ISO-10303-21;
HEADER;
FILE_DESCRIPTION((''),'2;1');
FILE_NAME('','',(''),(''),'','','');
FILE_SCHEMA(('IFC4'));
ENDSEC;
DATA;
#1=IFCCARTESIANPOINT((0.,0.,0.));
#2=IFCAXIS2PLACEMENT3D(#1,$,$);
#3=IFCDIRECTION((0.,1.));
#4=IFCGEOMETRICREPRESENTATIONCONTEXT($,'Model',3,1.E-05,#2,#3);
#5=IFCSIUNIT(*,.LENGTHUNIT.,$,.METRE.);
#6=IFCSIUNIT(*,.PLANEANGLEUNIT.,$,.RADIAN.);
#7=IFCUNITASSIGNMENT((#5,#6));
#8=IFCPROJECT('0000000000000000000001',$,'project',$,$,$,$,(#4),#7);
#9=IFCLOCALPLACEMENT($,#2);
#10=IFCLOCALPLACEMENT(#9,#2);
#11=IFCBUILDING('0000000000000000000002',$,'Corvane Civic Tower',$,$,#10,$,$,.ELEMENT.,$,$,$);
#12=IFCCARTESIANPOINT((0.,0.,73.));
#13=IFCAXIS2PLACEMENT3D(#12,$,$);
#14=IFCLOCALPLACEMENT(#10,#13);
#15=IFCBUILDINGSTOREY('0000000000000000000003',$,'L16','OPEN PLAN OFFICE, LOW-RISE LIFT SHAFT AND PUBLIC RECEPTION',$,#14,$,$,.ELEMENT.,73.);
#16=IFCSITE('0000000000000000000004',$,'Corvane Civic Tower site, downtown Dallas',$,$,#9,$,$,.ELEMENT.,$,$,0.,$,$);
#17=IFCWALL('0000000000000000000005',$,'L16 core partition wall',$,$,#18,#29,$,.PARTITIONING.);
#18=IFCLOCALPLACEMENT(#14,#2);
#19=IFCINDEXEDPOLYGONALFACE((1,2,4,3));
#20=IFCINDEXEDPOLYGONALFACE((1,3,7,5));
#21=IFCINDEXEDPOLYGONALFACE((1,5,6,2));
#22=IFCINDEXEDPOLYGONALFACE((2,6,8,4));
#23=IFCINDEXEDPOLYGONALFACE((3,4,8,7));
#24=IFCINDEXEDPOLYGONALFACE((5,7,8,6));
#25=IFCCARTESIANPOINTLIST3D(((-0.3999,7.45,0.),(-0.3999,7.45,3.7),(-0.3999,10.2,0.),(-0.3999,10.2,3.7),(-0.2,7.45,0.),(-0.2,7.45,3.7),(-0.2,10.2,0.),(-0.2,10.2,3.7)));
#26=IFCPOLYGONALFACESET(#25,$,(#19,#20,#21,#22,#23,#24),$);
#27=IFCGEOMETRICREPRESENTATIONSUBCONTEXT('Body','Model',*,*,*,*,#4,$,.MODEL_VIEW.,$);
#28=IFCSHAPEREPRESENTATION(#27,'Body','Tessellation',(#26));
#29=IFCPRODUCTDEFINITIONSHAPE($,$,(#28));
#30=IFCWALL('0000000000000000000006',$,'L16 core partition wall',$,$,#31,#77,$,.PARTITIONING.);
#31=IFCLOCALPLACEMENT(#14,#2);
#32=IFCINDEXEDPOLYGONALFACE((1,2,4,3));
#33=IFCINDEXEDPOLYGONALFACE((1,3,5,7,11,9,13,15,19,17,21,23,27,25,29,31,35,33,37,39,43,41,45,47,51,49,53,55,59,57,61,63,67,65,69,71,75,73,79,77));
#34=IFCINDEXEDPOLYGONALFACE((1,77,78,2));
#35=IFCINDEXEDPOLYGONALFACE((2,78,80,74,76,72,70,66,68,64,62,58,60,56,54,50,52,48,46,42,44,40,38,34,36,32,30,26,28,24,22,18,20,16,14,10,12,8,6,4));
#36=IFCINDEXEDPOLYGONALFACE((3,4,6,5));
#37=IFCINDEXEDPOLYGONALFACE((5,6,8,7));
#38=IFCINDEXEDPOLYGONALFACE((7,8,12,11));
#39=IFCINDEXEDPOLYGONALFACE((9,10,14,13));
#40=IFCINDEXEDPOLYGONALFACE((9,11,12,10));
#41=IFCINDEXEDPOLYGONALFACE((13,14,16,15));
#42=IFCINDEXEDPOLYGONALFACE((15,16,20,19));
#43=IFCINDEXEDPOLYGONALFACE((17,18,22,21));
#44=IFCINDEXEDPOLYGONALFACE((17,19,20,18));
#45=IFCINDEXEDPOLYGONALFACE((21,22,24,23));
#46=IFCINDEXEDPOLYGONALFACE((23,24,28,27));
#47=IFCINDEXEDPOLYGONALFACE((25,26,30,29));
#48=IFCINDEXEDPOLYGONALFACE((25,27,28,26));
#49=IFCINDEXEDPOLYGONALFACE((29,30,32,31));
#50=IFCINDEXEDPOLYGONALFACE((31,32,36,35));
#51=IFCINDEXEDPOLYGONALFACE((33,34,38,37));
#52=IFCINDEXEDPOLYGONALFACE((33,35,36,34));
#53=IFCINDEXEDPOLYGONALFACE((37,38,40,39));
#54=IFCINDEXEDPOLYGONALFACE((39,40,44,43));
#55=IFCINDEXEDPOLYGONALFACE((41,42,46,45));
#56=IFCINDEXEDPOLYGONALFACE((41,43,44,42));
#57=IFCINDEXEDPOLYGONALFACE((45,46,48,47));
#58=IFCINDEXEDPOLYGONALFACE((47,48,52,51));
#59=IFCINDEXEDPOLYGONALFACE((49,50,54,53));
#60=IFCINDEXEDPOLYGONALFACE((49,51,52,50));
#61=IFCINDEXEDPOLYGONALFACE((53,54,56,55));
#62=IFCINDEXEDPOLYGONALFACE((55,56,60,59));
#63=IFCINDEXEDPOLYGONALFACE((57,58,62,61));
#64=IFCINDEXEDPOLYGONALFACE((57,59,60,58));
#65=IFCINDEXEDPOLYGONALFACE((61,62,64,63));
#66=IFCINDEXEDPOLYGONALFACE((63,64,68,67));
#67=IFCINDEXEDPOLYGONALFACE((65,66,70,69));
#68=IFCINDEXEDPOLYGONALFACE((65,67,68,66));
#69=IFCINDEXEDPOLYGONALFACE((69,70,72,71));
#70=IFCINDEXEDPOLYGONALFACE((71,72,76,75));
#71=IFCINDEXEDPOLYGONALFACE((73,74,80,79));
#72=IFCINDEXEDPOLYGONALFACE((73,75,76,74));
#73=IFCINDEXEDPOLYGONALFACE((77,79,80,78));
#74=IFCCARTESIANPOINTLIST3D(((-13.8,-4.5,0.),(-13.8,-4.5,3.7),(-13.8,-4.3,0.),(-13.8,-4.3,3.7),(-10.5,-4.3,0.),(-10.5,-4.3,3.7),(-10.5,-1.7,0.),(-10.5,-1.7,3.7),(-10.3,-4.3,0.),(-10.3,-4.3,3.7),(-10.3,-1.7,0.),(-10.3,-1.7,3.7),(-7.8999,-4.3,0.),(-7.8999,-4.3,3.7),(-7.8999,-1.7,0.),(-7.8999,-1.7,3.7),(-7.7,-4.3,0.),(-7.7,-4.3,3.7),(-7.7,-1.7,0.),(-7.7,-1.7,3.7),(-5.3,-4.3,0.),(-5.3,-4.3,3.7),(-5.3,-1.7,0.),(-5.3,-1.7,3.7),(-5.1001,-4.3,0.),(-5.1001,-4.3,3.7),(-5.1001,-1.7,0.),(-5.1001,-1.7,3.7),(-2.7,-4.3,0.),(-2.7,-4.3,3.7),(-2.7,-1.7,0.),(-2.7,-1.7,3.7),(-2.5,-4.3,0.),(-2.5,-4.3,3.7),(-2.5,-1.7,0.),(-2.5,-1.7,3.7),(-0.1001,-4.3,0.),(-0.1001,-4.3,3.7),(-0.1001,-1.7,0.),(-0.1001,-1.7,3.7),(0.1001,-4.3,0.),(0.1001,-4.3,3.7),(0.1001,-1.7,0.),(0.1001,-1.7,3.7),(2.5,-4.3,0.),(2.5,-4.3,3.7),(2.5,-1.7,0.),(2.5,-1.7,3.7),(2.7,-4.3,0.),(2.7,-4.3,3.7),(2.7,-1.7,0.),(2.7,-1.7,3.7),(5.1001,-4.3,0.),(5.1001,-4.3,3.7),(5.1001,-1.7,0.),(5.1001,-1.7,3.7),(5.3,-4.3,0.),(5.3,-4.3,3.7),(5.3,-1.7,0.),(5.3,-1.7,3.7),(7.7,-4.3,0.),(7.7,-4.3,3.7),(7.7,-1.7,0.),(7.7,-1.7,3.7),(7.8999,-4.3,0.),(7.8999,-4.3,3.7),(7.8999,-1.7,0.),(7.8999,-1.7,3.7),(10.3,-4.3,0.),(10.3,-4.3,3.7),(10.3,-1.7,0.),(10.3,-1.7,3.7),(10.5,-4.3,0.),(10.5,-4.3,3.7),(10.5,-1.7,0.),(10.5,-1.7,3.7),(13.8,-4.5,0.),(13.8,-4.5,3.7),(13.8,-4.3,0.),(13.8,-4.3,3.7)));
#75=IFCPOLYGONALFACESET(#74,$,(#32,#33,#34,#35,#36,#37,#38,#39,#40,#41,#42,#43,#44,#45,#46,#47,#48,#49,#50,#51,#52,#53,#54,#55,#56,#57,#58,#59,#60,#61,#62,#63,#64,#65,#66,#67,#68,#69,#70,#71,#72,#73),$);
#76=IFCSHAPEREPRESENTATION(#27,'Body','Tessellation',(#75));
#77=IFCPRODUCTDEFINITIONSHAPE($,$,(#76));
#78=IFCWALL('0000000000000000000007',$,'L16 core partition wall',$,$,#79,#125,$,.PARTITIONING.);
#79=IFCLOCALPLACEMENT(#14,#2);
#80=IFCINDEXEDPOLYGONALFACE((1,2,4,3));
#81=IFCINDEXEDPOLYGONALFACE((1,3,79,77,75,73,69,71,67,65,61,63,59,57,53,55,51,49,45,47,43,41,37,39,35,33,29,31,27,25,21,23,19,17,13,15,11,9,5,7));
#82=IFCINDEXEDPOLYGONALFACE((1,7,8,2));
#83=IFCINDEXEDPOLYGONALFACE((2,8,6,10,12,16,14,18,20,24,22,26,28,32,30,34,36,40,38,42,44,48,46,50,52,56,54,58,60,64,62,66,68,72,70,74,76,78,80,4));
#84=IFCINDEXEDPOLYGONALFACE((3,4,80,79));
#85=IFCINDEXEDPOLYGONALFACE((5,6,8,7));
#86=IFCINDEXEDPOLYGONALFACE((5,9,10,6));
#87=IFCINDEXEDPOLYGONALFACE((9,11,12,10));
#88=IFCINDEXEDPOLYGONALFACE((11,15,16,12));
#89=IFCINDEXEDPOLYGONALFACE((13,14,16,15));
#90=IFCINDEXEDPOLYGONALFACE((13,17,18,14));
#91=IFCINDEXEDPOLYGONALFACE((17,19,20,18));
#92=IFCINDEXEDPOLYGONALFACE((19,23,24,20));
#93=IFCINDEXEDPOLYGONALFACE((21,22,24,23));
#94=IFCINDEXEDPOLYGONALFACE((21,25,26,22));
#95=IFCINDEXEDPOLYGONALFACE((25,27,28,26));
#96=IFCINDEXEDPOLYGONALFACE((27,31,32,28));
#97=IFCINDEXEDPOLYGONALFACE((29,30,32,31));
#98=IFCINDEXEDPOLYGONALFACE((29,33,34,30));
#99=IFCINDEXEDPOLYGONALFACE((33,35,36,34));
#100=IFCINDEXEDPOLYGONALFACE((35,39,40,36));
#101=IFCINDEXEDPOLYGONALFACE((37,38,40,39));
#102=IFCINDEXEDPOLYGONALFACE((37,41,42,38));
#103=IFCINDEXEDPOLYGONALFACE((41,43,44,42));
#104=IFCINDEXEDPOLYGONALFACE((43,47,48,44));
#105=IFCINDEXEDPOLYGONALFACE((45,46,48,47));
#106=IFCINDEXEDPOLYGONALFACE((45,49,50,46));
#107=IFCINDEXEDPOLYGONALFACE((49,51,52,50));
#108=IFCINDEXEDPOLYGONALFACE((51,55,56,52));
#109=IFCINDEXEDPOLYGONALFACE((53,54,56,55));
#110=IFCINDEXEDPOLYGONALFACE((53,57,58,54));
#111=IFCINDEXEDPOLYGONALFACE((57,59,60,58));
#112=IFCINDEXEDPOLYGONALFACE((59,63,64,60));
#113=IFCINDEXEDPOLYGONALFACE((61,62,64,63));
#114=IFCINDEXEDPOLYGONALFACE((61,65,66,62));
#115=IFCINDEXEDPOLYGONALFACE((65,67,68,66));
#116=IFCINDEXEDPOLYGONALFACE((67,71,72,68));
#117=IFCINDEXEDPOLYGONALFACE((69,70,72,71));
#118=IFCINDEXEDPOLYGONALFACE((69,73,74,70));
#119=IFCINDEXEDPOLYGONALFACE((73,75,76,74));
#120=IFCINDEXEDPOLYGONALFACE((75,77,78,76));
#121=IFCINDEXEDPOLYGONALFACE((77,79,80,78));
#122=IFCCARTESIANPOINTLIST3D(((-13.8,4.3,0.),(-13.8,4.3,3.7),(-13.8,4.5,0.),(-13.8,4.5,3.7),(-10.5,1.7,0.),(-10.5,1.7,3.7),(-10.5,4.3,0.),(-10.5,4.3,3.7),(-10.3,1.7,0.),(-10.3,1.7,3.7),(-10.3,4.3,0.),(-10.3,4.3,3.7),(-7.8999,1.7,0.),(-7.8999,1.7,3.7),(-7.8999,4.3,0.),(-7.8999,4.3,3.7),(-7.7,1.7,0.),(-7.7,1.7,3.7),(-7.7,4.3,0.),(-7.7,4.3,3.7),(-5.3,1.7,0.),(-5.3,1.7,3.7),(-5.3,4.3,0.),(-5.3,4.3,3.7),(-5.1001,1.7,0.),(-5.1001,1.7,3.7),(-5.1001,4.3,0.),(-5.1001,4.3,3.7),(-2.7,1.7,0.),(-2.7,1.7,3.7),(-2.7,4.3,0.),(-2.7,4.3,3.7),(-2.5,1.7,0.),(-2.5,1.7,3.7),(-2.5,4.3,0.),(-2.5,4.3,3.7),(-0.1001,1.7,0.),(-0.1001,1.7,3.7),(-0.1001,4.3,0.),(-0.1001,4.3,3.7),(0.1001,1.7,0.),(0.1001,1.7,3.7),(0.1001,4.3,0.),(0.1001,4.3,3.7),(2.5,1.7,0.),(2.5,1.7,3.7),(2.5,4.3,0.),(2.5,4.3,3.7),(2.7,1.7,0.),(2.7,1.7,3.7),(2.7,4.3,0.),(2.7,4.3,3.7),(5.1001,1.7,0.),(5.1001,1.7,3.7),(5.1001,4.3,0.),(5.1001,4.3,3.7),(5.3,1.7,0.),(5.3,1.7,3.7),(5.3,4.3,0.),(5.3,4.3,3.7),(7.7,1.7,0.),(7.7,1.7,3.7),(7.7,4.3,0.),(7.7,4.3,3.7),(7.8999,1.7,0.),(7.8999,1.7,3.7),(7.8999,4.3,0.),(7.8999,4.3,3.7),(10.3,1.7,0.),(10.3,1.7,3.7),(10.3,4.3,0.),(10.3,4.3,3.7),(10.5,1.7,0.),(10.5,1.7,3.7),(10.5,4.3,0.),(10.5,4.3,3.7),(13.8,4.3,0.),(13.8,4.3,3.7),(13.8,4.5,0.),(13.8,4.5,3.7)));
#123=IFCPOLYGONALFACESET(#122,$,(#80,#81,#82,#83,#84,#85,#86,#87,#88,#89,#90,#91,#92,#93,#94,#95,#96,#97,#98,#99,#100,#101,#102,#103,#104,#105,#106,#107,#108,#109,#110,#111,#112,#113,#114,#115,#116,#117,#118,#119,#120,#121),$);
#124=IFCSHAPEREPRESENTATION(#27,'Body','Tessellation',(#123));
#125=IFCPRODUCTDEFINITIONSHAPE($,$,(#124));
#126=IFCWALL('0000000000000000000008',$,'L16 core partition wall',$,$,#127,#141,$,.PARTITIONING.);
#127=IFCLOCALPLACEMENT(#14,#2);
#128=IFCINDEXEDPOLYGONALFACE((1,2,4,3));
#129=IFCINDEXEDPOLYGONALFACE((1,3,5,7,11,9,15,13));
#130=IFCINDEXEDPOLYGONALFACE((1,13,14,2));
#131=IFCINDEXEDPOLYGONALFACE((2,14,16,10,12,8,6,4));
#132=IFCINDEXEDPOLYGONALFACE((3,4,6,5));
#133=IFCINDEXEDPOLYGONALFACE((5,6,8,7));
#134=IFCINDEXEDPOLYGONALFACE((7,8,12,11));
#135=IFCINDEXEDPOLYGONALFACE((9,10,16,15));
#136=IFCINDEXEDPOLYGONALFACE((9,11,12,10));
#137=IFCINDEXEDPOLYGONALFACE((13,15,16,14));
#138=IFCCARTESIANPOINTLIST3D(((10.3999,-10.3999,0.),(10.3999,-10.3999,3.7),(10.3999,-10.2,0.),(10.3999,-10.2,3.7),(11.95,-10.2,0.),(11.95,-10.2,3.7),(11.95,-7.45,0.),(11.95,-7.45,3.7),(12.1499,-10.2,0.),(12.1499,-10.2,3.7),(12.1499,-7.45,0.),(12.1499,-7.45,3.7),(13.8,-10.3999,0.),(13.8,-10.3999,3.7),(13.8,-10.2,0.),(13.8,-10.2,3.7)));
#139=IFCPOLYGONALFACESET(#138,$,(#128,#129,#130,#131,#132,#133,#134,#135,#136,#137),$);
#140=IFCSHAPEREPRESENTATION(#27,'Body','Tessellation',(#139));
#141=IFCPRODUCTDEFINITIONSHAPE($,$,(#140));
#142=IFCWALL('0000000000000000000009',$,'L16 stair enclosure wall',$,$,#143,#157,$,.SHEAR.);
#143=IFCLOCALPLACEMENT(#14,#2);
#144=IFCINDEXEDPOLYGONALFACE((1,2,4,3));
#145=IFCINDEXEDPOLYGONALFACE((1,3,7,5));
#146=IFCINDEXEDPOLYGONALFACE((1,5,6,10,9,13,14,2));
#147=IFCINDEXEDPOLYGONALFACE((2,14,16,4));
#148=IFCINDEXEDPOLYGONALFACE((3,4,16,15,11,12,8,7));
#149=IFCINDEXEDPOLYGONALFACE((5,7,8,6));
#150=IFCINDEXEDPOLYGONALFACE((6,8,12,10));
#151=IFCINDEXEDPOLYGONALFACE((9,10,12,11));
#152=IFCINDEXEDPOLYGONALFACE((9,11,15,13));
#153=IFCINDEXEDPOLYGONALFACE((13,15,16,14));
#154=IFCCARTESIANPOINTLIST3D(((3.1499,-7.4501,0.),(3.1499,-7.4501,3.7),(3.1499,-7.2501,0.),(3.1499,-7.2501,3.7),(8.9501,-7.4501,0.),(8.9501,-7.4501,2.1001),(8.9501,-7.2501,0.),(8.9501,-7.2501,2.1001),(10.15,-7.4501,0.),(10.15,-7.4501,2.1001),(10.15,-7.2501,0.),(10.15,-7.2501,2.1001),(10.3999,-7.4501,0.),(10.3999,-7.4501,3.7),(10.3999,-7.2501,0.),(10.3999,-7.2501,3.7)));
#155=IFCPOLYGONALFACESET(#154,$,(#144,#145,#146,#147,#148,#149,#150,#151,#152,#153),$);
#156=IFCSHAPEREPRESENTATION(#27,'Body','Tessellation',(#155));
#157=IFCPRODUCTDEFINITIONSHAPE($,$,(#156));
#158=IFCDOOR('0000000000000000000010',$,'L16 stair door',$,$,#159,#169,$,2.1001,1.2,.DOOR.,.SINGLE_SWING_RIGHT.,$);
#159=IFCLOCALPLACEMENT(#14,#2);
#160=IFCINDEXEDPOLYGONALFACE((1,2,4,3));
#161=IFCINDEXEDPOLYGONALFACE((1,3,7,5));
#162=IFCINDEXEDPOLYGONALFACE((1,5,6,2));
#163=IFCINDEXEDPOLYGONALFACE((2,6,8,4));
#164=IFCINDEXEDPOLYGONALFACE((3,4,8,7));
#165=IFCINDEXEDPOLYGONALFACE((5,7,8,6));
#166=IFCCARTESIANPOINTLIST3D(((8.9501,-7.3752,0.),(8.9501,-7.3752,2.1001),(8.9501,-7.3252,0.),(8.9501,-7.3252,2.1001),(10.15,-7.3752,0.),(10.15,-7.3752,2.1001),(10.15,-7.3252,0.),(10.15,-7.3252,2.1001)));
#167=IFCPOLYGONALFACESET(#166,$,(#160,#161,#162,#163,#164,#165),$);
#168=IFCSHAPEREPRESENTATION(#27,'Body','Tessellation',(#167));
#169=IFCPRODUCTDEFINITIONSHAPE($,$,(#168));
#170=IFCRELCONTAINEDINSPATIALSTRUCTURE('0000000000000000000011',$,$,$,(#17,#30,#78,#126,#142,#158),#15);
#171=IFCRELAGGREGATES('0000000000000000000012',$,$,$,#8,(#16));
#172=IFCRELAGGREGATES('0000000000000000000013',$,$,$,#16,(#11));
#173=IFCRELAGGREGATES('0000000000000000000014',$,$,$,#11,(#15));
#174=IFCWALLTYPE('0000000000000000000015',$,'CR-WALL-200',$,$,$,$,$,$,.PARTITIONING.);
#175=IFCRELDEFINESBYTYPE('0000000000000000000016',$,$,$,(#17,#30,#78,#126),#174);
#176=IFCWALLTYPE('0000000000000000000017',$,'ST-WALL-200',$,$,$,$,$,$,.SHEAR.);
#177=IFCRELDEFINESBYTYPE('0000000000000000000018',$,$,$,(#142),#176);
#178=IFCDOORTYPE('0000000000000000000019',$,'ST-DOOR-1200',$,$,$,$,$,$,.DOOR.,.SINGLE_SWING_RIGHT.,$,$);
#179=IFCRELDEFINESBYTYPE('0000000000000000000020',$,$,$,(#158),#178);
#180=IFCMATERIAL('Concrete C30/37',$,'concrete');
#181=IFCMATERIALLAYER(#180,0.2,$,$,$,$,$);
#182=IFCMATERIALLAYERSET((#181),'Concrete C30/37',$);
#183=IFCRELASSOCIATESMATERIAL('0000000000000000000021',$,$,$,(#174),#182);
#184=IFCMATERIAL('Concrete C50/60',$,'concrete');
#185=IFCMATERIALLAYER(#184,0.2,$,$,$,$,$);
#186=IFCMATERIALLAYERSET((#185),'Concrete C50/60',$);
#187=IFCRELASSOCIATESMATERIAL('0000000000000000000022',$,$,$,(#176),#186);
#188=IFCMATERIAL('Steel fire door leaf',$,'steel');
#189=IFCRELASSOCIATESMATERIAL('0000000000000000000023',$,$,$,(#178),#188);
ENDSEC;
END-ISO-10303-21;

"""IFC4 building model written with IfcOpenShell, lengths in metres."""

from ifc_helpers import new_model, si_unit, direction, frame, frame_2d, origin, place, context, subcontext, project, spatial, polyline, rectangle, outline, extrude, material, layer, layer_set, type_object, element, fill, save


model = new_model("IFC4")

# Units and contexts
model_context = context("Model", 3, precision=1e-05, world=origin(), true_north=direction((0.0, 1.0)))
body_context = subcontext(model_context, "Body", "Model", "MODEL_VIEW")
ifc_project = project(units=[si_unit("LENGTHUNIT", "METRE"), si_unit("PLANEANGLEUNIT", "RADIAN")], contexts=[model_context])

# Site, building, storey
site_placement = place(None, origin())
site = spatial("IfcSite", under=ifc_project, at=site_placement, Name="Corvane Civic Tower site, downtown Dallas", CompositionType="ELEMENT", RefElevation=0.0)
building_placement = place(site_placement, origin())
building = spatial("IfcBuilding", under=site, at=building_placement, Name="Corvane Civic Tower", CompositionType="ELEMENT")
storey_placement = place(building_placement, frame((0.0, 0.0, 73.0)))
storey = spatial("IfcBuildingStorey", under=building, at=storey_placement, Name="L16", Description="OPEN PLAN OFFICE, LOW-RISE LIFT SHAFT AND PUBLIC RECEPTION", CompositionType="ELEMENT", Elevation=73.0)

# Shared definitions
ifc_material_1 = material(Name="Concrete C30/37", Category="concrete")
ifc_layer_1 = layer(ifc_material_1, 0.2)
ifc_layer_set_1 = layer_set([ifc_layer_1], Name="Concrete C30/37")
wall_type_1 = type_object("IfcWallType", Name="CR-WALL-200", PredefinedType="PARTITIONING", material=ifc_layer_set_1)

# Walls
wall_1_placement = place(storey_placement, origin())
element("IfcWall", 1, at=wall_1_placement, inside=storey, type_object=wall_type_1, Name="L16 core partition wall", PredefinedType="PARTITIONING", context=body_context, shape_type="SweptSolid", body=[
    extrude(outline(polyline([(-0.2, 7.45), (-0.3999, 7.45), (-0.3999, 10.2), (-0.2, 10.2), (-0.2, 7.45)])), origin(), (0.0, 0.0, 1.0), 3.7),
])
wall_2_placement = place(storey_placement, origin())
element("IfcWall", 2, at=wall_2_placement, inside=storey, type_object=wall_type_1, Name="L16 core partition wall", PredefinedType="PARTITIONING", context=body_context, shape_type="SweptSolid", body=[
    extrude(outline(polyline([(-10.3, -1.7), (-10.3, -4.3), (-7.8999, -4.3), (-7.8999, -1.7), (-7.7, -1.7), (-7.7, -4.3), (-5.3, -4.3), (-5.3, -1.7), (-5.1001, -1.7), (-5.1001, -4.3), (-2.7, -4.3), (-2.7, -1.7), (-2.5, -1.7), (-2.5, -4.3), (-0.1001, -4.3), (-0.1001, -1.7), (0.1001, -1.7), (0.1001, -4.3), (2.5, -4.3), (2.5, -1.7), (2.7, -1.7), (2.7, -4.3), (5.1001, -4.3), (5.1001, -1.7), (5.3, -1.7), (5.3, -4.3), (7.7, -4.3), (7.7, -1.7), (7.8999, -1.7), (7.8999, -4.3), (10.3, -4.3), (10.3, -1.7), (10.5, -1.7), (10.5, -4.3), (13.8, -4.3), (13.8, -4.5), (-13.8, -4.5), (-13.8, -4.3), (-10.5, -4.3), (-10.5, -1.7), (-10.3, -1.7)])), origin(), (0.0, 0.0, 1.0), 3.7),
])
wall_3_placement = place(storey_placement, origin())
element("IfcWall", 3, at=wall_3_placement, inside=storey, type_object=wall_type_1, Name="L16 core partition wall", PredefinedType="PARTITIONING", context=body_context, shape_type="SweptSolid", body=[
    extrude(outline(polyline([(-10.3, 1.7), (-10.5, 1.7), (-10.5, 4.3), (-13.8, 4.3), (-13.8, 4.5), (13.8, 4.5), (13.8, 4.3), (10.5, 4.3), (10.5, 1.7), (10.3, 1.7), (10.3, 4.3), (7.8999, 4.3), (7.8999, 1.7), (7.7, 1.7), (7.7, 4.3), (5.3, 4.3), (5.3, 1.7), (5.1001, 1.7), (5.1001, 4.3), (2.7, 4.3), (2.7, 1.7), (2.5, 1.7), (2.5, 4.3), (0.1001, 4.3), (0.1001, 1.7), (-0.1001, 1.7), (-0.1001, 4.3), (-2.5, 4.3), (-2.5, 1.7), (-2.7, 1.7), (-2.7, 4.3), (-5.1001, 4.3), (-5.1001, 1.7), (-5.3, 1.7), (-5.3, 4.3), (-7.7, 4.3), (-7.7, 1.7), (-7.8999, 1.7), (-7.8999, 4.3), (-10.3, 4.3), (-10.3, 1.7)])), origin(), (0.0, 0.0, 1.0), 3.7),
])
wall_4_placement = place(storey_placement, origin())
element("IfcWall", 4, at=wall_4_placement, inside=storey, type_object=wall_type_1, Name="L16 core partition wall", PredefinedType="PARTITIONING", context=body_context, shape_type="SweptSolid", body=[
    extrude(outline(polyline([(11.95, -7.45), (12.1499, -7.45), (12.1499, -10.2), (13.8, -10.2), (13.8, -10.3999), (10.3999, -10.3999), (10.3999, -10.2), (11.95, -10.2), (11.95, -7.45)])), origin(), (0.0, 0.0, 1.0), 3.7),
])

# Wall, opening, door
ifc_material_2 = material(Name="Concrete C50/60", Category="concrete")
ifc_layer_2 = layer(ifc_material_2, 0.2)
ifc_layer_set_2 = layer_set([ifc_layer_2], Name="Concrete C50/60")
wall_type_2 = type_object("IfcWallType", Name="ST-WALL-200", PredefinedType="SHEAR", material=ifc_layer_set_2)
wall_5_placement = place(storey_placement, frame((3.1499, -7.3501, 0.0), z_axis=(0.0, 0.0, 1.0), x_axis=(1.0, 0.0, 0.0)))
wall_5 = element("IfcWall", 5, at=wall_5_placement, inside=storey, type_object=wall_type_2, Name="L16 stair enclosure wall", PredefinedType="SHEAR", context=body_context, shape_type="SweptSolid", body=[
    extrude(rectangle(XDim=7.25, YDim=0.2, at=frame_2d((3.625, 0.0))), origin(), (0.0, 0.0, 1.0), 3.7),
])
opening_1_placement = place(wall_5_placement, frame((5.8, 0.0, 0.0)))
opening_1 = element("IfcOpeningElement", 6, at=opening_1_placement, cuts=wall_5, PredefinedType="OPENING", context=body_context, shape_type="SweptSolid", body=[
    extrude(rectangle(XDim=1.2, YDim=2.1001, at=frame_2d((0.6001, 1.05))), frame((0.0, 0.1099, 0.0), z_axis=(0.0, -1.0, 0.0), x_axis=(1.0, 0.0, 0.0)), (0.0, 0.0, 1.0), 0.22),
])
ifc_material_3 = material(Name="Steel fire door leaf", Category="steel")
door_type_1 = type_object("IfcDoorType", Name="ST-DOOR-1200", OperationType="SINGLE_SWING_RIGHT", PredefinedType="DOOR", material=ifc_material_3)
door_1_placement = place(opening_1_placement, origin())
door_1 = element("IfcDoor", 7, at=door_1_placement, inside=storey, type_object=door_type_1, Name="L16 stair door", OperationType="SINGLE_SWING_RIGHT", OverallHeight=2.1001, OverallWidth=1.2, PredefinedType="DOOR", context=body_context, shape_type="SweptSolid", body=[
    extrude(rectangle(XDim=1.2, YDim=2.1001, at=frame_2d((0.6001, 1.05))), frame((0.0, 0.0249, 0.0), z_axis=(0.0, -1.0, 0.0), x_axis=(1.0, 0.0, 0.0)), (0.0, 0.0, 1.0), 0.05),
])
fill(opening_1, door_1)

save(model, "model.ifc")
